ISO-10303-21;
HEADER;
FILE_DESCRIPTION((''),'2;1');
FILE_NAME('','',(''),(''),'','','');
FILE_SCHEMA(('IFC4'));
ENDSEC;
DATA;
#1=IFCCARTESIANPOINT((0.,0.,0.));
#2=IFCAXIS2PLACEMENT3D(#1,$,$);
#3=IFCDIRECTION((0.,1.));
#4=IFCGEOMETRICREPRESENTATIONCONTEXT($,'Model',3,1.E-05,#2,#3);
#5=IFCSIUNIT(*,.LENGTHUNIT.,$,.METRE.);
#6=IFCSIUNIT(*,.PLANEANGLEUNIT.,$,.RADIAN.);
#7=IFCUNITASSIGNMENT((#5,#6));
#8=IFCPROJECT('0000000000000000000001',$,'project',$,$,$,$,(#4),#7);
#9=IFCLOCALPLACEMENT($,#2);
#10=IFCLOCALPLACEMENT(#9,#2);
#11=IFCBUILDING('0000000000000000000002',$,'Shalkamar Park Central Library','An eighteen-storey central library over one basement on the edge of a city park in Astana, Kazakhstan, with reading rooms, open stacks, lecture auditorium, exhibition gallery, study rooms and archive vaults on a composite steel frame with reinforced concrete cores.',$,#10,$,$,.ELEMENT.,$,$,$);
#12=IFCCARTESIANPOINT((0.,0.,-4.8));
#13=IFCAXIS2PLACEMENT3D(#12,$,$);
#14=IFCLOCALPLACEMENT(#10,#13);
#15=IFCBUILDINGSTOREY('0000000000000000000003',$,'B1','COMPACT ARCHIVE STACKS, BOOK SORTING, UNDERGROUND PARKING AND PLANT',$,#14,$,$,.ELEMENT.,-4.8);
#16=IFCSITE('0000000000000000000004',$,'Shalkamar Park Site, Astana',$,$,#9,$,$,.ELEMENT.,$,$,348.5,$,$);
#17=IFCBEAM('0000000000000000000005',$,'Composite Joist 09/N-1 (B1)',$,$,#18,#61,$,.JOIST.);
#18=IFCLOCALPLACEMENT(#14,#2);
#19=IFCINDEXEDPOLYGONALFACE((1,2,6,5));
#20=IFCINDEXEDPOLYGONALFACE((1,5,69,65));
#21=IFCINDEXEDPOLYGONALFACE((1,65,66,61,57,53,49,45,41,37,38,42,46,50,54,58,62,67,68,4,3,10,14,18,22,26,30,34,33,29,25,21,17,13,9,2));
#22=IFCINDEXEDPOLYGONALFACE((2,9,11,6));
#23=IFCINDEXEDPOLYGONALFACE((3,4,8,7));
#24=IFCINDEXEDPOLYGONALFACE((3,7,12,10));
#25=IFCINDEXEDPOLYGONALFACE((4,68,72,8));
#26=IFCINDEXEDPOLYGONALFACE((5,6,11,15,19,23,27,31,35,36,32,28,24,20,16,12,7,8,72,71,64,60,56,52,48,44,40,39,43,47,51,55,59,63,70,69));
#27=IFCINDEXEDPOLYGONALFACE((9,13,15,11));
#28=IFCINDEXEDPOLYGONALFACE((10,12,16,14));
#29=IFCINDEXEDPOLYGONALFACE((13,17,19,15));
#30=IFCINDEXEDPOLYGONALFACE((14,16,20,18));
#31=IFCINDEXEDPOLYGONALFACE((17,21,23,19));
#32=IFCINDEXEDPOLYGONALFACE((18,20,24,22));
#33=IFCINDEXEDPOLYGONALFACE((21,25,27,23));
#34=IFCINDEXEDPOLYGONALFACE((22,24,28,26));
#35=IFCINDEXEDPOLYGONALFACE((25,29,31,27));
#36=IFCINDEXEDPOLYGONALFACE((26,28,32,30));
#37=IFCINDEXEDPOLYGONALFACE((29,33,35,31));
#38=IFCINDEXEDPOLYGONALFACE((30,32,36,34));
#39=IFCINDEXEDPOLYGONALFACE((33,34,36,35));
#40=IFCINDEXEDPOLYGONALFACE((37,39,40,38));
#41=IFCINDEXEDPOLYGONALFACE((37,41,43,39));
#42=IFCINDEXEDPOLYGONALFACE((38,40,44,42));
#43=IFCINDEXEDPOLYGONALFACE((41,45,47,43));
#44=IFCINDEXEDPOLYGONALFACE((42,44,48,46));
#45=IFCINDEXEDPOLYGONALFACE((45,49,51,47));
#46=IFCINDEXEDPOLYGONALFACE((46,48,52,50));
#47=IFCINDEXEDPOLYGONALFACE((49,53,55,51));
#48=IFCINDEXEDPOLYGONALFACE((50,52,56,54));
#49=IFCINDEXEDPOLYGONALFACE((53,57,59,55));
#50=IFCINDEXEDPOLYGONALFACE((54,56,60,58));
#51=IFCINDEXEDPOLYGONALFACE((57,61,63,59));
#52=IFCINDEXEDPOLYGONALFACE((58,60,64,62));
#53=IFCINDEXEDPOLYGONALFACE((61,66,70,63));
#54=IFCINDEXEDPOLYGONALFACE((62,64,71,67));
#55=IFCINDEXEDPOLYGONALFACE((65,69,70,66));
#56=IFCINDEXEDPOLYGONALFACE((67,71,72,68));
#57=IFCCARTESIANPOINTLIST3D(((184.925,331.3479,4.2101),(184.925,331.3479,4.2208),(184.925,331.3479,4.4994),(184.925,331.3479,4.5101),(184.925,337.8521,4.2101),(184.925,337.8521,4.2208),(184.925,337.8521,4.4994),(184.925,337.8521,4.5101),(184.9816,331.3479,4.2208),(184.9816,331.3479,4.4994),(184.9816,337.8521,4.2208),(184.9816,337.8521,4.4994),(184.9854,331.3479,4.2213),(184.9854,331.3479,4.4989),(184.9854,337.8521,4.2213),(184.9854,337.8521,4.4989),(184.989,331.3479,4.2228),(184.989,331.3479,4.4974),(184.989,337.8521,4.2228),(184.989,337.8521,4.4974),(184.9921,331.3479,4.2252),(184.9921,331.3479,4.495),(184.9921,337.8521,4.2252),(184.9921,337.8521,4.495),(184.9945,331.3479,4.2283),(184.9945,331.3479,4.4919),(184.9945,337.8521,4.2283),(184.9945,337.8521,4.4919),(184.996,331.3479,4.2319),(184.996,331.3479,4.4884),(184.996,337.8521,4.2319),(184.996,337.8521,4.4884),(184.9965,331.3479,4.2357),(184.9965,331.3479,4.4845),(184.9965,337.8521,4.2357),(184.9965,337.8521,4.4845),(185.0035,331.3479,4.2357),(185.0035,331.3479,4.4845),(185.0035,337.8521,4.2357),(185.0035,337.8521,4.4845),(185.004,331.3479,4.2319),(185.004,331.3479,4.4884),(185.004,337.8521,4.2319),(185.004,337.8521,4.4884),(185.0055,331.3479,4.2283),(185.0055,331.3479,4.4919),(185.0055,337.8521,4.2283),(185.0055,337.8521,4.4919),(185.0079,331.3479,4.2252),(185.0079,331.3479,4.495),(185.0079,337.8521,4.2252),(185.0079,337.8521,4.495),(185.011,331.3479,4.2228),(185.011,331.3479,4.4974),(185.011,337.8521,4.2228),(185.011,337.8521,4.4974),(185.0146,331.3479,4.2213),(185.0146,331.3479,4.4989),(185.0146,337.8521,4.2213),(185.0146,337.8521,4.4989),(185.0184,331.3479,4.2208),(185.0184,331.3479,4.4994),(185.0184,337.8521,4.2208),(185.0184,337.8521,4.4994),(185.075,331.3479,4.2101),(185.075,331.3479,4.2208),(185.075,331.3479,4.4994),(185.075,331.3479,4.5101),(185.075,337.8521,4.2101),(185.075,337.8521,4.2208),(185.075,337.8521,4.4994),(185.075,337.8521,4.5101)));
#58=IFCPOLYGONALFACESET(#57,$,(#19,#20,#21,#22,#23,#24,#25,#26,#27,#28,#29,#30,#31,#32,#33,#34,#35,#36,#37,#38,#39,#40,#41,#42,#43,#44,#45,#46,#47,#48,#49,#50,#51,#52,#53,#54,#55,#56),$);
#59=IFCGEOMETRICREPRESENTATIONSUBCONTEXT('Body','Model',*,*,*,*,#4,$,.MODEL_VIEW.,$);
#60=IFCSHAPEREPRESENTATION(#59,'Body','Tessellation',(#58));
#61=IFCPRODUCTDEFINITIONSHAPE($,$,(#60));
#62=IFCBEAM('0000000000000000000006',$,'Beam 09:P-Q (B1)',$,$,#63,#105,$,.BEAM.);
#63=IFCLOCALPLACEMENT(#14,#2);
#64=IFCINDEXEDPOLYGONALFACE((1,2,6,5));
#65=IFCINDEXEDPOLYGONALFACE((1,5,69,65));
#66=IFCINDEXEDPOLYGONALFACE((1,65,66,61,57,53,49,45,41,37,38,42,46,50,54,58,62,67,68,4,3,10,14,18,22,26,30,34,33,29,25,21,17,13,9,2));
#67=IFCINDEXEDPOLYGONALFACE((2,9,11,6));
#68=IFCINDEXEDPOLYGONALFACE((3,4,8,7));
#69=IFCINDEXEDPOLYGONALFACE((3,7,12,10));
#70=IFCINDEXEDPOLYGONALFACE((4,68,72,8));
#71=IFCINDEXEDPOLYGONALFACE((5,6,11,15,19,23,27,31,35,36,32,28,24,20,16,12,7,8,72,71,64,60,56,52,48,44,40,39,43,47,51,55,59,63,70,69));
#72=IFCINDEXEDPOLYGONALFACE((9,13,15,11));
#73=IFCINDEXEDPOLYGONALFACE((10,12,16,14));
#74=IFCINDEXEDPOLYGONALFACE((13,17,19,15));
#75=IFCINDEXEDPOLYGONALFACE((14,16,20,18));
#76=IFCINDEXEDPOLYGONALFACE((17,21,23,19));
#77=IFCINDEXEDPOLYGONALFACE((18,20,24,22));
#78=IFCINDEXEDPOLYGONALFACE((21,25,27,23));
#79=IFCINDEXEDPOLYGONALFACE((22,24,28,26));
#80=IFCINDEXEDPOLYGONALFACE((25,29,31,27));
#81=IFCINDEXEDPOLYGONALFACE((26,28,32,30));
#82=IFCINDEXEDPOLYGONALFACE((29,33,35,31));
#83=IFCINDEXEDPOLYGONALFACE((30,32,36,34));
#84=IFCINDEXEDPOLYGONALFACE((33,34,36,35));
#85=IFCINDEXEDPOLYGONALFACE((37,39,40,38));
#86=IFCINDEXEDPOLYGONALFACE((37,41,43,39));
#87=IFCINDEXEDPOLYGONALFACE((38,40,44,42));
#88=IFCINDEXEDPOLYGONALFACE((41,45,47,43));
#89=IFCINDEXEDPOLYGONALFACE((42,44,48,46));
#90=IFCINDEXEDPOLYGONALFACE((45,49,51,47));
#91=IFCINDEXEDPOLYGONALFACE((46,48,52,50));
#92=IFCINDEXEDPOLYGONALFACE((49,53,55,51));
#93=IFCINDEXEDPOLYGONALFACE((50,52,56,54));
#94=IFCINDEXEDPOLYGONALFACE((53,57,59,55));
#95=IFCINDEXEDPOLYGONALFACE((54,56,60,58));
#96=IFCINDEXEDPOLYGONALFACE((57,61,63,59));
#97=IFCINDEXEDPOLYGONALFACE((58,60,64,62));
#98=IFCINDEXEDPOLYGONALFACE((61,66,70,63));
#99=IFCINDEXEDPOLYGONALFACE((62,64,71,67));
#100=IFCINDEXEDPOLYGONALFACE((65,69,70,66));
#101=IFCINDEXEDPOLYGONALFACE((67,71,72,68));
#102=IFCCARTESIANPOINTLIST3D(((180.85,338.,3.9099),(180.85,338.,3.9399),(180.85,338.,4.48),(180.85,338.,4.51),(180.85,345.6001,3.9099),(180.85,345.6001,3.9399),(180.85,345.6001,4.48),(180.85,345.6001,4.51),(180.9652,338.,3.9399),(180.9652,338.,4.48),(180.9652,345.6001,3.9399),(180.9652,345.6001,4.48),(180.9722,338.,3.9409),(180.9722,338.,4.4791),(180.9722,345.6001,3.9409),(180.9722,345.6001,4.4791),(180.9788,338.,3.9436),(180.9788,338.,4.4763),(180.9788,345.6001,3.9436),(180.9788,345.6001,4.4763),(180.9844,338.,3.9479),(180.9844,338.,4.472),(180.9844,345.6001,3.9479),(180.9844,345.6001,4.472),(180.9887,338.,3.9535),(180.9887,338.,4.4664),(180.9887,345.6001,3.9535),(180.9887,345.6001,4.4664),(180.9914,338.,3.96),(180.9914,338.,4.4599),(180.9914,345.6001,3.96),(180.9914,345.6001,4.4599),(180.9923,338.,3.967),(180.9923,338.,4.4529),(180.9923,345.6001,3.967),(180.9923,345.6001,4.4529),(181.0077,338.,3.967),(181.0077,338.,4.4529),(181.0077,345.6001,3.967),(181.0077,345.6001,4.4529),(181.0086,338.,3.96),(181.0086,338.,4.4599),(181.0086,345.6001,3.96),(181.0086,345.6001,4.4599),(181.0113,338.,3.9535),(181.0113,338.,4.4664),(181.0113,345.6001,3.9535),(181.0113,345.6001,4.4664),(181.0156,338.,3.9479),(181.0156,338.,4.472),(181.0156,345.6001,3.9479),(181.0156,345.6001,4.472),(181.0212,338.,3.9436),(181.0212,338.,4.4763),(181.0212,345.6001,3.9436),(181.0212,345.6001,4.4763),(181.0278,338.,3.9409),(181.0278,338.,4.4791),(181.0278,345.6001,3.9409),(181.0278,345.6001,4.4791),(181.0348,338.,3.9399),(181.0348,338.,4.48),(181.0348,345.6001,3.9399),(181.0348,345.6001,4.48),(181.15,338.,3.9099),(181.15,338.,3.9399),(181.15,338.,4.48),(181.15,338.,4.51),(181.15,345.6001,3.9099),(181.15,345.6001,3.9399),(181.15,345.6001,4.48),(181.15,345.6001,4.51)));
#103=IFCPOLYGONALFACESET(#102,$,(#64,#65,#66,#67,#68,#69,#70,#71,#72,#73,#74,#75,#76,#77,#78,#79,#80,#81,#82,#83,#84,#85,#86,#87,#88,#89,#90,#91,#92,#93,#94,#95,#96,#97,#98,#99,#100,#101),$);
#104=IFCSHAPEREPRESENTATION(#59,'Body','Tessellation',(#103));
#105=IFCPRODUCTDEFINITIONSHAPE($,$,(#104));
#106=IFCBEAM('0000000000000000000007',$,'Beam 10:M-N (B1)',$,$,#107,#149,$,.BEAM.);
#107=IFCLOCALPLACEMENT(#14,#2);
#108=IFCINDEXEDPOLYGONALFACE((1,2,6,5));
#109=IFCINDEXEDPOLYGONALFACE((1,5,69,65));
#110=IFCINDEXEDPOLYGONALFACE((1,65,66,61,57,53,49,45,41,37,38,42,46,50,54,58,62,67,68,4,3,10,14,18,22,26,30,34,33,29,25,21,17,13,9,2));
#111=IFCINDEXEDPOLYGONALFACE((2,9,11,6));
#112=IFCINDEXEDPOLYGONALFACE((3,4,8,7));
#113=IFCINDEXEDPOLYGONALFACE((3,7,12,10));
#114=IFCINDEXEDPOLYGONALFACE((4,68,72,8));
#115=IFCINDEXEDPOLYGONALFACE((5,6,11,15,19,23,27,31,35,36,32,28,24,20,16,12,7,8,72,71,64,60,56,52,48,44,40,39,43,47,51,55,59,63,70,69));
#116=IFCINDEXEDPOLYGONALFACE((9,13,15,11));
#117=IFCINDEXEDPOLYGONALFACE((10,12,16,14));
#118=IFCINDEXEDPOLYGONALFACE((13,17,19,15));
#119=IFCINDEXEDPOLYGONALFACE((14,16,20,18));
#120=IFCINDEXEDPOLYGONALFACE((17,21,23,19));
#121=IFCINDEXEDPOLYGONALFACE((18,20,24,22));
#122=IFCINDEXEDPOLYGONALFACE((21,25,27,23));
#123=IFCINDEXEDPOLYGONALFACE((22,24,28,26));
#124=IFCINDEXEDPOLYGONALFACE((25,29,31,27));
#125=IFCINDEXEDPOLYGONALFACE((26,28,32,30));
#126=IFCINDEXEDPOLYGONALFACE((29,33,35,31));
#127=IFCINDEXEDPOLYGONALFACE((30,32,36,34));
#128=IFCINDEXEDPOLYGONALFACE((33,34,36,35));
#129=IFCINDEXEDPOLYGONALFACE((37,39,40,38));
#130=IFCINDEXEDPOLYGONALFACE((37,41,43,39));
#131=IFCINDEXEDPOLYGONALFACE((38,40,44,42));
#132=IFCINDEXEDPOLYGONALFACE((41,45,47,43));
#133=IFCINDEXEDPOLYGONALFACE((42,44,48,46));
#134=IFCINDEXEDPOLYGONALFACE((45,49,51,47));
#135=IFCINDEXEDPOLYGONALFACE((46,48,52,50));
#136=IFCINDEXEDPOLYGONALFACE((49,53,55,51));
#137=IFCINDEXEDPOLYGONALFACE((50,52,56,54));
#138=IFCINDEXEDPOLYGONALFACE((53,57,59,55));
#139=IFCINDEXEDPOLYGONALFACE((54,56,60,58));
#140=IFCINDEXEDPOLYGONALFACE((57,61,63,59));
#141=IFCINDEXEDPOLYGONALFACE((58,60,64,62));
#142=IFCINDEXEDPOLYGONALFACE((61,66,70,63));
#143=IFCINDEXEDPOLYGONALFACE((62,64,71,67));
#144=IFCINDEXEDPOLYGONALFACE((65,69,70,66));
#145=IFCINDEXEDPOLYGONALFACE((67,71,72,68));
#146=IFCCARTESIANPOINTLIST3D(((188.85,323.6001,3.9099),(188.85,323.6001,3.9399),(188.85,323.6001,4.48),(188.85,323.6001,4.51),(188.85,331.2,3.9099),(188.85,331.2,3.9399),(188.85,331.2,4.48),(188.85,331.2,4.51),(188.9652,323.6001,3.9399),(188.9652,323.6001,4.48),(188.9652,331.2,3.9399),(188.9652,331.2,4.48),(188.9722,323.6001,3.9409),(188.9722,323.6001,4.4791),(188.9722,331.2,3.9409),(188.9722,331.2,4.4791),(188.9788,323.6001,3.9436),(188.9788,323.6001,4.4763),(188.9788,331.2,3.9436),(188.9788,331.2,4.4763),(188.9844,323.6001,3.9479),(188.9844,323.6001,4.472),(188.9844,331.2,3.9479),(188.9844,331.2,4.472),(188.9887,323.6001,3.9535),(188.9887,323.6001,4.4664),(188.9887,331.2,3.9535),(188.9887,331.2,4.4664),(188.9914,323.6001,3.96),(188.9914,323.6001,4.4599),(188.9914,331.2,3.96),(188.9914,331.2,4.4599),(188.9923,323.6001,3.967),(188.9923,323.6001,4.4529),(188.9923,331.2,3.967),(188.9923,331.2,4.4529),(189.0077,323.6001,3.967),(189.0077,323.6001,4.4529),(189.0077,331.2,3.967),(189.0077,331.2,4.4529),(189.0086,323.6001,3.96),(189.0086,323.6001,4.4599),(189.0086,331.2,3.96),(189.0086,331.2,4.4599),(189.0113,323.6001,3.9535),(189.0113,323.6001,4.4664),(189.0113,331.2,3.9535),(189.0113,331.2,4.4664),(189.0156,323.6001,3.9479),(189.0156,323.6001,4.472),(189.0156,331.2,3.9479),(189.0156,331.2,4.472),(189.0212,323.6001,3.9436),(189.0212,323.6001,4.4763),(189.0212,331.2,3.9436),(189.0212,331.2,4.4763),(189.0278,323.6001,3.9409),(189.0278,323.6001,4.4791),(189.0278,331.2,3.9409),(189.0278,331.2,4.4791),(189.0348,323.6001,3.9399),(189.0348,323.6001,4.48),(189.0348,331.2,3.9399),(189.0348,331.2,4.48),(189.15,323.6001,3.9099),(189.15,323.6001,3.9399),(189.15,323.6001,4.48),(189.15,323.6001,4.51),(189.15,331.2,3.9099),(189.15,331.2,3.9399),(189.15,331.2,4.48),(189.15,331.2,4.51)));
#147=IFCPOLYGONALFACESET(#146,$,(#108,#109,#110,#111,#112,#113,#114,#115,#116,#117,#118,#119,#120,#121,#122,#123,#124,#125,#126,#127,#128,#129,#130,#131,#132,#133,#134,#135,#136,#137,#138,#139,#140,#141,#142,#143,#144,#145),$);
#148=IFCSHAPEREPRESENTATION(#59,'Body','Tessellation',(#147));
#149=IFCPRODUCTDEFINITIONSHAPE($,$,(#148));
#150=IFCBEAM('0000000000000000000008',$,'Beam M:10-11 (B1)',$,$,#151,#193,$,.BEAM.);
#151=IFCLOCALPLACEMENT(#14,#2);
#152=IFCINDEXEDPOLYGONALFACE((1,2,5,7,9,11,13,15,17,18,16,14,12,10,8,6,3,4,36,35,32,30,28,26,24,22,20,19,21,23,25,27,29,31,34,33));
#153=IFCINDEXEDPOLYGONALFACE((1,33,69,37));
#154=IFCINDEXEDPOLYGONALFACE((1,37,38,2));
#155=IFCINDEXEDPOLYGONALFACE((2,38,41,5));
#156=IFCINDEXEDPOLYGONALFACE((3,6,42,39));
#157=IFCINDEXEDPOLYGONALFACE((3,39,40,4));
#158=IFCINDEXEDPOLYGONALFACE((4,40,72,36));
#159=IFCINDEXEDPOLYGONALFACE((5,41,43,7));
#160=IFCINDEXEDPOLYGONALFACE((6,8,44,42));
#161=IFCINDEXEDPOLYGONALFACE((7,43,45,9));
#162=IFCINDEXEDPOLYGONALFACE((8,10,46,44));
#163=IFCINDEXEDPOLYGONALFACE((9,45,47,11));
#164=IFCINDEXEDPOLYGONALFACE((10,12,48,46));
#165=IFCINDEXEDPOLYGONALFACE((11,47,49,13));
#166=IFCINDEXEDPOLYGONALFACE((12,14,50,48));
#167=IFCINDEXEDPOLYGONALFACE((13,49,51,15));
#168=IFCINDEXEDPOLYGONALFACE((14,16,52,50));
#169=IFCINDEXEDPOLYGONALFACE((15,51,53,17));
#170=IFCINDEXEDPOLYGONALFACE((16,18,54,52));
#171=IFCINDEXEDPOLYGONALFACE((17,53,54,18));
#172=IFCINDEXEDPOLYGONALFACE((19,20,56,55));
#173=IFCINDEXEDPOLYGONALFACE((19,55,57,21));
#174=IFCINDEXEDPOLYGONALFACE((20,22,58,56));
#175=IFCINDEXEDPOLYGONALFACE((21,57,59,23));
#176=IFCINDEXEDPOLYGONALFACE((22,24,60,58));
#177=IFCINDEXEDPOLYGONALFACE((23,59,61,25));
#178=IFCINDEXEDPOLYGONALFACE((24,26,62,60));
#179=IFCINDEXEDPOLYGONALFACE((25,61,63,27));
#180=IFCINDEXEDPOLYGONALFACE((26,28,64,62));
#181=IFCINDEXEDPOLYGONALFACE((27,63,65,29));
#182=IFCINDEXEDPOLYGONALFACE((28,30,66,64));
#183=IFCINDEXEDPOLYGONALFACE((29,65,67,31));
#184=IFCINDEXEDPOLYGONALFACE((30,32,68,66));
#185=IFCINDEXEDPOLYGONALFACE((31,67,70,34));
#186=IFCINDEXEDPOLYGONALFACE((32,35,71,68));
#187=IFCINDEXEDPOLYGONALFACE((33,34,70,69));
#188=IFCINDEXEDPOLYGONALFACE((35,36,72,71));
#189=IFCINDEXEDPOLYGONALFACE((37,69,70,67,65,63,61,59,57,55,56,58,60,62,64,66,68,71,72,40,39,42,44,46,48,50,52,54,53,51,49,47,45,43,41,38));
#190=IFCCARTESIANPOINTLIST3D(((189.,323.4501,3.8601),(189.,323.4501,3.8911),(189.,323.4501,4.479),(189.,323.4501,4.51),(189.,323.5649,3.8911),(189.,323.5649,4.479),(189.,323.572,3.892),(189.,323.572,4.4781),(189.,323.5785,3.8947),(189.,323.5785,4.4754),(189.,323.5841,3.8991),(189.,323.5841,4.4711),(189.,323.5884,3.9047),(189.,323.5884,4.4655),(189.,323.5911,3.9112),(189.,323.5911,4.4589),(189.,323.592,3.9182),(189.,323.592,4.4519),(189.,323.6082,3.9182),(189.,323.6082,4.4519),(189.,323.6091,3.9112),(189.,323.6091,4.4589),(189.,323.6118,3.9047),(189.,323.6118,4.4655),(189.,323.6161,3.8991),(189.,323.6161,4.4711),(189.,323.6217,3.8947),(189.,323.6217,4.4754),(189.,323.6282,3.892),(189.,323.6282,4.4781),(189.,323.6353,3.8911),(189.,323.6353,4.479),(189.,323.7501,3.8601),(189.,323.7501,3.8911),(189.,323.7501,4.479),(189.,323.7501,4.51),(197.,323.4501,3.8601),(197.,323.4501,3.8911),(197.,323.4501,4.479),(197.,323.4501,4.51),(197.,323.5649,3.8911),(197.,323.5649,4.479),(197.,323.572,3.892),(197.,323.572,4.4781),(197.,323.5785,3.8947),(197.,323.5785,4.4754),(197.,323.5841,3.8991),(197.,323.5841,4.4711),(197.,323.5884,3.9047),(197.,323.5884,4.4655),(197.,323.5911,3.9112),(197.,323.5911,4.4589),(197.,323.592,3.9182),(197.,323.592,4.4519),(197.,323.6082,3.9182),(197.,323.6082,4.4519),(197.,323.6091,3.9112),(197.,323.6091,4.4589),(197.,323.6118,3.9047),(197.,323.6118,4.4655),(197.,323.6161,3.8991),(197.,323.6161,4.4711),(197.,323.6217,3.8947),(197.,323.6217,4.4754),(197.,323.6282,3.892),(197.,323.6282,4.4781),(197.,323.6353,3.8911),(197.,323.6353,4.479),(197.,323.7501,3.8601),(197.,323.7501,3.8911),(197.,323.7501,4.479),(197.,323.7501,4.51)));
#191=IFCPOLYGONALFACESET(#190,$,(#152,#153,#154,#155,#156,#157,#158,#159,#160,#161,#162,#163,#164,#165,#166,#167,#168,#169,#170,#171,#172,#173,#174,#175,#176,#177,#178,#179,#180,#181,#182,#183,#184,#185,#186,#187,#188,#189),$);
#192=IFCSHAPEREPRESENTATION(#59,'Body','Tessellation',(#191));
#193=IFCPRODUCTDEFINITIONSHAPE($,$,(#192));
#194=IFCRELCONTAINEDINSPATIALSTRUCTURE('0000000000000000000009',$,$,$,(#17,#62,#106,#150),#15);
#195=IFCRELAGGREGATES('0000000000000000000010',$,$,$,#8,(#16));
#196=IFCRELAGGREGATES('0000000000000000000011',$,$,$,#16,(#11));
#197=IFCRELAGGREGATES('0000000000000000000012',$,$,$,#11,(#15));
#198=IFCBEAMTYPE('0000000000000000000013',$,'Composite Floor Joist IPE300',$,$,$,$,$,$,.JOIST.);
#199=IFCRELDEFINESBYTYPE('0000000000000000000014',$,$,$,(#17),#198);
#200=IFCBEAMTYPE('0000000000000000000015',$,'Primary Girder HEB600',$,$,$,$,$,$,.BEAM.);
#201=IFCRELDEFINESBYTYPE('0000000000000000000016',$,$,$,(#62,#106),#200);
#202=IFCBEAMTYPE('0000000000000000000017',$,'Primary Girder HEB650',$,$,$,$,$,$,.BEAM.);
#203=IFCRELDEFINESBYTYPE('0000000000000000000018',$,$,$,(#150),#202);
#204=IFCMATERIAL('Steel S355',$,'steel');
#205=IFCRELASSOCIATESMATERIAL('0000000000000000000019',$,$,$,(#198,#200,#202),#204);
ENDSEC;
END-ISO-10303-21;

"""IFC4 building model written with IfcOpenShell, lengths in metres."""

from ifc_helpers import new_model, si_unit, direction, frame, origin, origin_2d, place, context, subcontext, project, spatial, i_section, extrude, material, material_profile, profile_set, type_object, element, save


model = new_model("IFC4")

# Units and contexts
model_context = context("Model", 3, precision=1e-05, world=origin(), true_north=direction((0.0, 1.0)))
body_context = subcontext(model_context, "Body", "Model", "MODEL_VIEW")
ifc_project = project(units=[si_unit("LENGTHUNIT", "METRE"), si_unit("PLANEANGLEUNIT", "RADIAN")], contexts=[model_context])

# Site, building, storey
site_placement = place(None, origin())
site = spatial("IfcSite", under=ifc_project, at=site_placement, Name="Shalkamar Park Site, Astana", CompositionType="ELEMENT", RefElevation=348.5)
building_placement = place(site_placement, origin())
building = spatial("IfcBuilding", under=site, at=building_placement, Name="Shalkamar Park Central Library", Description="An eighteen-storey central library over one basement on the edge of a city park in Astana, Kazakhstan, with reading rooms, open stacks, lecture auditorium, exhibition gallery, study rooms and archive vaults on a composite steel frame with reinforced concrete cores.", CompositionType="ELEMENT")
storey_placement = place(building_placement, frame((0.0, 0.0, -4.8)))
storey = spatial("IfcBuildingStorey", under=building, at=storey_placement, Name="B1", Description="COMPACT ARCHIVE STACKS, BOOK SORTING, UNDERGROUND PARKING AND PLANT", CompositionType="ELEMENT", Elevation=-4.8)

# Shared definitions
ifc_material_1 = material(Name="Steel S355", Category="steel")

# Beams
ifc_material_profile_1 = material_profile(ifc_material_1, i_section(OverallWidth=0.1499, OverallDepth=0.3, WebThickness=0.0071, FlangeThickness=0.0107, FilletRadius=0.0149, at=origin_2d()), Name="IPE 300")
ifc_profile_set_1 = profile_set([ifc_material_profile_1], Name="Steel S355")
beam_type_1 = type_object("IfcBeamType", Name="Composite Floor Joist IPE300", PredefinedType="JOIST", material=ifc_profile_set_1)
beam_1_placement = place(storey_placement, frame((185.0, 331.3479, 4.3601), z_axis=(0.0, 1.0, 0.0), x_axis=(-1.0, 0.0, 0.0)))
element("IfcBeam", 1, at=beam_1_placement, inside=storey, type_object=beam_type_1, Name="Composite Joist 09/N-1 (B1)", PredefinedType="JOIST", context=body_context, shape_type="SweptSolid", body=[
    extrude(i_section(OverallWidth=0.1499, OverallDepth=0.3, WebThickness=0.0071, FlangeThickness=0.0107, FilletRadius=0.0149, at=origin_2d()), origin(), (0.0, 0.0, 1.0), 6.5042),
])
ifc_material_profile_2 = material_profile(ifc_material_1, i_section(OverallWidth=0.3, OverallDepth=0.6001, WebThickness=0.0154, FlangeThickness=0.03, FilletRadius=0.0271, at=origin_2d()), Name="HEB 600")
ifc_profile_set_2 = profile_set([ifc_material_profile_2], Name="Steel S355")
beam_type_2 = type_object("IfcBeamType", Name="Primary Girder HEB600", PredefinedType="BEAM", material=ifc_profile_set_2)
beam_2_placement = place(storey_placement, frame((181.0, 338.0, 4.21), z_axis=(0.0, 1.0, 0.0), x_axis=(-1.0, 0.0, 0.0)))
element("IfcBeam", 2, at=beam_2_placement, inside=storey, type_object=beam_type_2, Name="Beam 09:P-Q (B1)", PredefinedType="BEAM", context=body_context, shape_type="SweptSolid", body=[
    extrude(i_section(OverallWidth=0.3, OverallDepth=0.6001, WebThickness=0.0154, FlangeThickness=0.03, FilletRadius=0.0271, at=origin_2d()), origin(), (0.0, 0.0, 1.0), 7.6001),
])
beam_3_placement = place(storey_placement, frame((189.0, 323.6001, 4.21), z_axis=(0.0, 1.0, 0.0), x_axis=(-1.0, 0.0, 0.0)))
element("IfcBeam", 3, at=beam_3_placement, inside=storey, type_object=beam_type_2, Name="Beam 10:M-N (B1)", PredefinedType="BEAM", context=body_context, shape_type="SweptSolid", body=[
    extrude(i_section(OverallWidth=0.3, OverallDepth=0.6001, WebThickness=0.0154, FlangeThickness=0.03, FilletRadius=0.0271, at=origin_2d()), origin(), (0.0, 0.0, 1.0), 7.5999),
])
ifc_material_profile_3 = material_profile(ifc_material_1, i_section(OverallWidth=0.3, OverallDepth=0.6499, WebThickness=0.0161, FlangeThickness=0.031, FilletRadius=0.0271, at=origin_2d()), Name="HEB 650")
ifc_profile_set_3 = profile_set([ifc_material_profile_3], Name="Steel S355")
beam_type_3 = type_object("IfcBeamType", Name="Primary Girder HEB650", PredefinedType="BEAM", material=ifc_profile_set_3)
for number, where, z_axis, x_axis, name in (
    (4, (189.0, 323.6001, 4.1851), (1.0, 0.0, 0.0), (0.0, 1.0, 0.0), "Beam M:10-11 (B1)"),
):
    element("IfcBeam", number, at=place(storey_placement, frame(where, z_axis=z_axis, x_axis=x_axis)), inside=storey, type_object=beam_type_3, Name=name, PredefinedType="BEAM", context=body_context, shape_type="SweptSolid", body=[
        extrude(i_section(OverallWidth=0.3, OverallDepth=0.6499, WebThickness=0.0161, FlangeThickness=0.031, FilletRadius=0.0271, at=origin_2d()), origin(), (0.0, 0.0, 1.0), 8.0),
    ])

save(model, "model.ifc")
